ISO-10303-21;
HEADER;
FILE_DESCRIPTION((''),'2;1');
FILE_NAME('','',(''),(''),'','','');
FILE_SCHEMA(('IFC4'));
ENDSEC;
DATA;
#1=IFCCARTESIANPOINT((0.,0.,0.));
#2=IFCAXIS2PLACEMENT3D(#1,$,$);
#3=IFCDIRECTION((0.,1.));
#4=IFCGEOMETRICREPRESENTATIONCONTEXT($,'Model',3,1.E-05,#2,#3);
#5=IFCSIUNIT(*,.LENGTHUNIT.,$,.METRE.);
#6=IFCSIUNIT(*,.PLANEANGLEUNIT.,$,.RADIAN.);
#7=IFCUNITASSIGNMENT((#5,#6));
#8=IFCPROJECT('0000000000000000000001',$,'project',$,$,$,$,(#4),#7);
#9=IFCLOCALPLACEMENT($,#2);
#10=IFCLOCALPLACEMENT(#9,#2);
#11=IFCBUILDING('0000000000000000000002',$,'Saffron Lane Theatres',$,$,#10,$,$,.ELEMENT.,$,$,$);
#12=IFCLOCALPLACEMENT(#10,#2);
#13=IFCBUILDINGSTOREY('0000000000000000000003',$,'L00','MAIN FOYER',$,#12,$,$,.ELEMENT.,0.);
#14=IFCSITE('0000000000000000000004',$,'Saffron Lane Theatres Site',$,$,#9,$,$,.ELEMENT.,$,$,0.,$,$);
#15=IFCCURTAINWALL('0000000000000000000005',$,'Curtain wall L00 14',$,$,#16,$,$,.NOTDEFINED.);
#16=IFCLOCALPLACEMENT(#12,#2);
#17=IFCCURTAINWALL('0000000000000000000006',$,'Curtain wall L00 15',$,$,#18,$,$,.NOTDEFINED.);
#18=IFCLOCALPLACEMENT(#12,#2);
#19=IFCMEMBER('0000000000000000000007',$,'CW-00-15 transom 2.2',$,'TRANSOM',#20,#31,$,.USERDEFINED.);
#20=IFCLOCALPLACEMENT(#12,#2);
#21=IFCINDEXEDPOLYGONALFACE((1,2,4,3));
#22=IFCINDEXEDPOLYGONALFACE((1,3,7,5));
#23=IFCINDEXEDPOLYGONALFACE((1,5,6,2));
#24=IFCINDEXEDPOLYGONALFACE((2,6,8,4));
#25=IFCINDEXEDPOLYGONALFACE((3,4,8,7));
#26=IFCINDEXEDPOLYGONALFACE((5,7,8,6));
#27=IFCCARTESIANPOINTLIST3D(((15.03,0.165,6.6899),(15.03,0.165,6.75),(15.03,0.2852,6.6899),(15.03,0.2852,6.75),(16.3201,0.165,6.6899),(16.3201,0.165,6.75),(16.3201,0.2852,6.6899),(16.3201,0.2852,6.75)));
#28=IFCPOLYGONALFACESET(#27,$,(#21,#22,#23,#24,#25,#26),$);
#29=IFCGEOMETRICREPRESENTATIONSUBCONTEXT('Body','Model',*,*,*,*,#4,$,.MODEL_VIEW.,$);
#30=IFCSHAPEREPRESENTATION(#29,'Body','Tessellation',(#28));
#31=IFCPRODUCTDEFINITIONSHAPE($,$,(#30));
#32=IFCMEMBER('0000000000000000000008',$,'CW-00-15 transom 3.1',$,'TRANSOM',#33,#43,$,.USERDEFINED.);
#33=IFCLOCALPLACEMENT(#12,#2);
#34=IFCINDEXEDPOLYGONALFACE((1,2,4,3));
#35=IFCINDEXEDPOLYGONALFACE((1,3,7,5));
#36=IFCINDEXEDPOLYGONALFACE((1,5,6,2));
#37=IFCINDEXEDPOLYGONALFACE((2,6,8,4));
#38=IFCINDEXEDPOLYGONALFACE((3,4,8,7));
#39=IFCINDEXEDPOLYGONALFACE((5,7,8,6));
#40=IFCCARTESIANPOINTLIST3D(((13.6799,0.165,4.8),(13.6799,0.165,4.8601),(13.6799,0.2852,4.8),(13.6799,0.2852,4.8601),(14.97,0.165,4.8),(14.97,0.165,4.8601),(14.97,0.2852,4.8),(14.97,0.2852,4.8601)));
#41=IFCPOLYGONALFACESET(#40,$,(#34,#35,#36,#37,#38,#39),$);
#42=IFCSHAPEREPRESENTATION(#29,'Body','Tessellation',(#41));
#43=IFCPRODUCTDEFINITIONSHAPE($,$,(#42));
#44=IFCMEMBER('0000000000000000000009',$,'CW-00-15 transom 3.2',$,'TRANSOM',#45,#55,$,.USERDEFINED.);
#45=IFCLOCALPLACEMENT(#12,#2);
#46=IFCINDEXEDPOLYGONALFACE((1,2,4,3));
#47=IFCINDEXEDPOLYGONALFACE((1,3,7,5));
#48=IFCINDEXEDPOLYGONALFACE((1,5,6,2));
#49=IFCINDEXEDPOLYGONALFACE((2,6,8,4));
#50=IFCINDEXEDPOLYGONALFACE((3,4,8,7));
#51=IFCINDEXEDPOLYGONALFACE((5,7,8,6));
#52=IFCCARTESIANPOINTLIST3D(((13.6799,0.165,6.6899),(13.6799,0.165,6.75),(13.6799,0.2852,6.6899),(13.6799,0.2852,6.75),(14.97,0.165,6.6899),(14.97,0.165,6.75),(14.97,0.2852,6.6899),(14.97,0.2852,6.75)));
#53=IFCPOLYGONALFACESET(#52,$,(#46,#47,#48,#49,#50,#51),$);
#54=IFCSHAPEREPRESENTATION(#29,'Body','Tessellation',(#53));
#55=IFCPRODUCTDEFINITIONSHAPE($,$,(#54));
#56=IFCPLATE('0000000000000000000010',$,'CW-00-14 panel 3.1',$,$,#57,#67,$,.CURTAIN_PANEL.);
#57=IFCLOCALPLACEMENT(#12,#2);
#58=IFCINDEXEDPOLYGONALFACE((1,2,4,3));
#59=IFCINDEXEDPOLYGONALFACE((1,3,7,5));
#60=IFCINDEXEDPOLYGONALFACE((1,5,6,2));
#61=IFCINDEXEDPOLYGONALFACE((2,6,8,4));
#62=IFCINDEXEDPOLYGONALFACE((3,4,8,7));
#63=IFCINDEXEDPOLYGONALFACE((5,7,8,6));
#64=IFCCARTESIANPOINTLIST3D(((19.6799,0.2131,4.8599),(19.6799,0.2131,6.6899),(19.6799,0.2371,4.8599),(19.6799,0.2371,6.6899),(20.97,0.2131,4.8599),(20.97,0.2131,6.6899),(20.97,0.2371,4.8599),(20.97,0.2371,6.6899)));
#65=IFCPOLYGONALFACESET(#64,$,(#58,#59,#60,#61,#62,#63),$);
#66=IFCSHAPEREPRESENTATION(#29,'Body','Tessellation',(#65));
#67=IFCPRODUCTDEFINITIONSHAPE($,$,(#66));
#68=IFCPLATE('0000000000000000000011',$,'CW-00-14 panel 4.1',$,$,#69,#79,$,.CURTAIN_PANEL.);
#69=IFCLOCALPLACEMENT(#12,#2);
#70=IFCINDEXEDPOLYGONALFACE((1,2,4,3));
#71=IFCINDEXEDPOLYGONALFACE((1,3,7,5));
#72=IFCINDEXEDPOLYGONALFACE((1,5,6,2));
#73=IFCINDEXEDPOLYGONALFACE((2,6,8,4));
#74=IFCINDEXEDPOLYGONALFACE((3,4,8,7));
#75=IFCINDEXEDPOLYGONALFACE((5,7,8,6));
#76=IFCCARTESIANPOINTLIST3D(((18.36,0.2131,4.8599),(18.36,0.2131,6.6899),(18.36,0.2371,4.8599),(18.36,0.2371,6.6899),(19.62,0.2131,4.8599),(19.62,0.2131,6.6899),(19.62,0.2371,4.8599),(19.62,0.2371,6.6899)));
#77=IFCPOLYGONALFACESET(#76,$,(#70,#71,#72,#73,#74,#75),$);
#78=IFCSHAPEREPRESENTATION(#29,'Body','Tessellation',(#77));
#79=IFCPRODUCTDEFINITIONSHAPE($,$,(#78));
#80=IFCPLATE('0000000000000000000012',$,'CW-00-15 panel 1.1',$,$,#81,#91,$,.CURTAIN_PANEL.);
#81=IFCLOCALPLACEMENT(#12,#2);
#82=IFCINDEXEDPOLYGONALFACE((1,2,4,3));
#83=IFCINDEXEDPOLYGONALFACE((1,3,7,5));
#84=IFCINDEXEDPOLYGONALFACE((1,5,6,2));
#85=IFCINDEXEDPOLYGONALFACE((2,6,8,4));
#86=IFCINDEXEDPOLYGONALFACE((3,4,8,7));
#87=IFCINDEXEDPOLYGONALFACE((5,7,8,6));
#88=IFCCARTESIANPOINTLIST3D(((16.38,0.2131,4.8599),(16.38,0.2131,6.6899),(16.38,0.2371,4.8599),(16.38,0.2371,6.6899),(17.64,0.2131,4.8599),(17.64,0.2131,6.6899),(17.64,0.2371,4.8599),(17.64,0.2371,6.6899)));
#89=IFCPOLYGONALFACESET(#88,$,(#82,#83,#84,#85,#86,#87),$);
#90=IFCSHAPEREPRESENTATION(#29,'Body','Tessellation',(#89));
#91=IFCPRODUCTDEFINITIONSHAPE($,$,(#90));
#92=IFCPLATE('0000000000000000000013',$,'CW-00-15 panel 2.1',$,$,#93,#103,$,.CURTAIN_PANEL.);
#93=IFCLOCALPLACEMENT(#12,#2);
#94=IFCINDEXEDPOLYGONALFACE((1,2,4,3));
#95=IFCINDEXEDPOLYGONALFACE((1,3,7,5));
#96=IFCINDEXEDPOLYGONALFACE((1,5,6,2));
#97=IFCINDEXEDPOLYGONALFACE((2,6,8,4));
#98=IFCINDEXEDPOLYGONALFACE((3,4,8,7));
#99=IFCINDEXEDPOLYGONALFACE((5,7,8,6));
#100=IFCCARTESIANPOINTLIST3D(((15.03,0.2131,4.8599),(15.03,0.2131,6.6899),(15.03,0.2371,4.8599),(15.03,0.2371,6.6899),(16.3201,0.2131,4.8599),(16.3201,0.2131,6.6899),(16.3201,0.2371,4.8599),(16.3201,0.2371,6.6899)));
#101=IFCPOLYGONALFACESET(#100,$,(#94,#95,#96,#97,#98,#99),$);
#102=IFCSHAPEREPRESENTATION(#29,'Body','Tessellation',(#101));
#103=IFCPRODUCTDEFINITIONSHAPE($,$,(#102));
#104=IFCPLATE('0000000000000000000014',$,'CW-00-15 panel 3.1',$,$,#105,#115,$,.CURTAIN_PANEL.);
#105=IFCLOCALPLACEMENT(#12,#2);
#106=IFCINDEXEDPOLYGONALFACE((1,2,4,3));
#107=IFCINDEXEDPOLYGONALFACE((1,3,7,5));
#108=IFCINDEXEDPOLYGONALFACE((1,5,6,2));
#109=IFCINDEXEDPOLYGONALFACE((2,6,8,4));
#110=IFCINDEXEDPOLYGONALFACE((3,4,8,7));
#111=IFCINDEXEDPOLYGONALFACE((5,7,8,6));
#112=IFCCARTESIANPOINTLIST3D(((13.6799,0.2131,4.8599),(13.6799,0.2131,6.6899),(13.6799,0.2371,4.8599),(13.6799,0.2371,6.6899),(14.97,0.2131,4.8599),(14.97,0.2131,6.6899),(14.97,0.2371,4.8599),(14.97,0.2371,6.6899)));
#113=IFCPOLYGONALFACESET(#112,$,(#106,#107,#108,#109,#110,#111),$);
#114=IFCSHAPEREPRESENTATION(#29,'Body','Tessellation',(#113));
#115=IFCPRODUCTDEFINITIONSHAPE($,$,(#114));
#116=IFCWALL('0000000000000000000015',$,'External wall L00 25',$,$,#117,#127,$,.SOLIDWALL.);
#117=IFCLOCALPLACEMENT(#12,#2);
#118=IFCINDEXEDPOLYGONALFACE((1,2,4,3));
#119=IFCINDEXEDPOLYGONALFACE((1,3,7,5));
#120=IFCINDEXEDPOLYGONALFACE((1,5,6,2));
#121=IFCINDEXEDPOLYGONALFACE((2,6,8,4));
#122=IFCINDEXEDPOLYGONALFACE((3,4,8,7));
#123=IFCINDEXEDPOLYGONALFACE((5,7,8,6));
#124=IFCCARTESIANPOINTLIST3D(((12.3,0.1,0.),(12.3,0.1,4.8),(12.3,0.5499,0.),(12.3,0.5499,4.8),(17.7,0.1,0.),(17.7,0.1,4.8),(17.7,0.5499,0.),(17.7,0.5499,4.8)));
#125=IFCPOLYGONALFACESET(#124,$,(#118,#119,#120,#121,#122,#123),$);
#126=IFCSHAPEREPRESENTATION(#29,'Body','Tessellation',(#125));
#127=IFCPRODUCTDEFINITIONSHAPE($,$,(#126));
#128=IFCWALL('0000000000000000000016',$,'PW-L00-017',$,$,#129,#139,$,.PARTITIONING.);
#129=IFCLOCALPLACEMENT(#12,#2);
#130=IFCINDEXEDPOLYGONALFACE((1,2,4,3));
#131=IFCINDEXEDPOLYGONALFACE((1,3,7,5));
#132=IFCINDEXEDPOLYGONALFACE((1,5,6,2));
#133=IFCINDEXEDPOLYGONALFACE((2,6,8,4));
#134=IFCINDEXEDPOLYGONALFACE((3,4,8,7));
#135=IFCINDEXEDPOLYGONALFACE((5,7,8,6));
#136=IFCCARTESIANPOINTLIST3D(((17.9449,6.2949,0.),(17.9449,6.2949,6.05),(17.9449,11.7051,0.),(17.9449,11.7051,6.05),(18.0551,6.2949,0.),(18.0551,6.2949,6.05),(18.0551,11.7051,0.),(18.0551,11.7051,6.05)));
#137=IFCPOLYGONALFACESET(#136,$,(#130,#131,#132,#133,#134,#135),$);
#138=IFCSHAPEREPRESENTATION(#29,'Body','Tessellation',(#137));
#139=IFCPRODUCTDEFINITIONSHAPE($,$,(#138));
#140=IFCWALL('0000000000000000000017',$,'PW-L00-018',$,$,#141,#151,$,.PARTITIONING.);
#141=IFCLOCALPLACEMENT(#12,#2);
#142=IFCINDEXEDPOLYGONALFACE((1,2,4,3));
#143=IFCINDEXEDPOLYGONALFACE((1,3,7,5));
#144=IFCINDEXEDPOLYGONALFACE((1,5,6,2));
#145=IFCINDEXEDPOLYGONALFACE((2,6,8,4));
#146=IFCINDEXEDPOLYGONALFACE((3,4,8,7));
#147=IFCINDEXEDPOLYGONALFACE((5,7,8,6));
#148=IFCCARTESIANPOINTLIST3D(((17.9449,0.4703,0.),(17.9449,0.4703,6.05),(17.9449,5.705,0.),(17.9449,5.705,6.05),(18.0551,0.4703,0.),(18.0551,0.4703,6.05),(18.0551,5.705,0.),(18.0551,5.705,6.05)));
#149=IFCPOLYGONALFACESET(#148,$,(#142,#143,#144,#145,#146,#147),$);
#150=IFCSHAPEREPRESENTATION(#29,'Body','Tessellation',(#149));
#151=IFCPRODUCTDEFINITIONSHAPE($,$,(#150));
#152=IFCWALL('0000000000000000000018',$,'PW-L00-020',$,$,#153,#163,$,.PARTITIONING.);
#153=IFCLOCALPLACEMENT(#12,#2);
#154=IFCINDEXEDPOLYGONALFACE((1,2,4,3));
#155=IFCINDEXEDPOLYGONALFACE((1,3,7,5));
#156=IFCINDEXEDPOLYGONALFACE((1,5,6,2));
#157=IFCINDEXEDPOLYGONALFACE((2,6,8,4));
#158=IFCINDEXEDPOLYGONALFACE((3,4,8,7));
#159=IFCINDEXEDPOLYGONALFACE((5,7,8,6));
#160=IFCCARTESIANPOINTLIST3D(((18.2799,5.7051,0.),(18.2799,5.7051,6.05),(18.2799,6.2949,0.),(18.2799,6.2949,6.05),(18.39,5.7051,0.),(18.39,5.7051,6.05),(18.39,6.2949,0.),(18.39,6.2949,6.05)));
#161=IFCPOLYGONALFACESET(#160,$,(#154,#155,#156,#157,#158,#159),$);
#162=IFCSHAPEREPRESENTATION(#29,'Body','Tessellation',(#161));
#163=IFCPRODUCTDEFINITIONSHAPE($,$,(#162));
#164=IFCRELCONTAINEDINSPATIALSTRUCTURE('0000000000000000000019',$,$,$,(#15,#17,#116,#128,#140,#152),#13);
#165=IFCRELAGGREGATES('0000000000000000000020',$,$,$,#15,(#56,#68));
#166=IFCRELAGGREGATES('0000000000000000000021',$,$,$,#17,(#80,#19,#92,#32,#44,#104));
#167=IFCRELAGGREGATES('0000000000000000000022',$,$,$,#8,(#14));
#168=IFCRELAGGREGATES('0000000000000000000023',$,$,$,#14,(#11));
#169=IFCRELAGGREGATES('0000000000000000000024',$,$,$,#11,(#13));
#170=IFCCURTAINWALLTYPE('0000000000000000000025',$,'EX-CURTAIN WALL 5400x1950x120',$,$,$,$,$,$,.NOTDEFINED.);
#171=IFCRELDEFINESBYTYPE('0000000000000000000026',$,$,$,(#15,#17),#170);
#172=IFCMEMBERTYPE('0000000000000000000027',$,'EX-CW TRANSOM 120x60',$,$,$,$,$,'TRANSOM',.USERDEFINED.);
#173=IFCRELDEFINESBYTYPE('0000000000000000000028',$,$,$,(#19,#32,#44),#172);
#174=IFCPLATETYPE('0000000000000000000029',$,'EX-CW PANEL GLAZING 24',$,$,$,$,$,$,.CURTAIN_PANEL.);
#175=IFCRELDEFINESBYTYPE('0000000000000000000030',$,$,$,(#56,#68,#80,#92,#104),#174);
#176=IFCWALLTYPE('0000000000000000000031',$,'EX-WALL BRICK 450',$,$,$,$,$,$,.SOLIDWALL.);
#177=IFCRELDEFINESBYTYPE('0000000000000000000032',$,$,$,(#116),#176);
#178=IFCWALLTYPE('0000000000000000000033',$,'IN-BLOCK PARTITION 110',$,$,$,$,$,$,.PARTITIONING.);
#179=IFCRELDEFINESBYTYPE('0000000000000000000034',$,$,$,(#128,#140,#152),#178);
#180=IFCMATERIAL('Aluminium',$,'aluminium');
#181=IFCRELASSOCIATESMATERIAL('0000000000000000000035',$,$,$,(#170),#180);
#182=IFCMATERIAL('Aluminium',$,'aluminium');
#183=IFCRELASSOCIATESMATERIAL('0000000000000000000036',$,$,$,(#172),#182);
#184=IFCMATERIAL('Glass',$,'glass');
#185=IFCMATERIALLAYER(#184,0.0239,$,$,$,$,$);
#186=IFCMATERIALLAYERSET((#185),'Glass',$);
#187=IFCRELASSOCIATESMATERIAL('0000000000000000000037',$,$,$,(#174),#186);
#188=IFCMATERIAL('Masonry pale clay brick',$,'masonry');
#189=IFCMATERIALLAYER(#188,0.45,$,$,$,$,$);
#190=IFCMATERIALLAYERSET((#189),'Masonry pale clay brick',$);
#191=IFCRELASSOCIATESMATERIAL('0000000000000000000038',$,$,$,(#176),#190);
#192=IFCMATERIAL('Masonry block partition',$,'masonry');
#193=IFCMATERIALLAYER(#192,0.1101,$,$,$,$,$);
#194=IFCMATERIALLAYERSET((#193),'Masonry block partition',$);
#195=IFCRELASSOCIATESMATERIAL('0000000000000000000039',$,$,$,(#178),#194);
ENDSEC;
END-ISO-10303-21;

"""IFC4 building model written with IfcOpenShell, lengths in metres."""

from ifc_helpers import new_model, si_unit, direction, frame, frame_2d, origin, origin_2d, place, context, subcontext, project, spatial, rectangle, extrude, material, layer, layer_set, material_profile, profile_set, type_object, element, aggregate, save


model = new_model("IFC4")

# Units and contexts
model_context = context("Model", 3, precision=1e-05, world=origin(), true_north=direction((0.0, 1.0)))
body_context = subcontext(model_context, "Body", "Model", "MODEL_VIEW")
ifc_project = project(units=[si_unit("LENGTHUNIT", "METRE"), si_unit("PLANEANGLEUNIT", "RADIAN")], contexts=[model_context])

# Site, building, storey
site_placement = place(None, origin())
site = spatial("IfcSite", under=ifc_project, at=site_placement, Name="Saffron Lane Theatres Site", CompositionType="ELEMENT", RefElevation=0.0)
building_placement = place(site_placement, origin())
building = spatial("IfcBuilding", under=site, at=building_placement, Name="Saffron Lane Theatres", CompositionType="ELEMENT")
storey_placement = place(building_placement, origin())
storey = spatial("IfcBuildingStorey", under=building, at=storey_placement, Name="L00", Description="MAIN FOYER", CompositionType="ELEMENT", Elevation=0.0)

# Curtain walls
ifc_material_1 = material(Name="Aluminium", Category="aluminium")
curtain_wall_type = type_object("IfcCurtainWallType", Name="EX-CURTAIN WALL 5400x1950x120", PredefinedType="NOTDEFINED", material=ifc_material_1)
curtain_wall_1_placement = place(storey_placement, origin())
curtain_wall_1 = element("IfcCurtainWall", 1, at=curtain_wall_1_placement, inside=storey, type_object=curtain_wall_type, Name="Curtain wall L00 14", PredefinedType="NOTDEFINED")
curtain_wall_2_placement = place(storey_placement, origin())
curtain_wall_2 = element("IfcCurtainWall", 2, at=curtain_wall_2_placement, inside=storey, type_object=curtain_wall_type, Name="Curtain wall L00 15", PredefinedType="NOTDEFINED")

# Members
ifc_material_2 = material(Name="Aluminium", Category="aluminium")
ifc_material_profile_1 = material_profile(ifc_material_2, rectangle(XDim=0.1201, YDim=0.0601, at=origin_2d()))
ifc_profile_set_1 = profile_set([ifc_material_profile_1], Name="Aluminium")
member_type_1 = type_object("IfcMemberType", Name="EX-CW TRANSOM 120x60", ElementType="TRANSOM", PredefinedType="USERDEFINED", material=ifc_profile_set_1)
member_1_placement = place(storey_placement, frame((16.3201, 0.2251, 6.72), z_axis=(-1.0, 0.0, 0.0), x_axis=(0.0, -1.0, 0.0)))
member_1 = element("IfcMember", 3, at=member_1_placement, type_object=member_type_1, Name="CW-00-15 transom 2.2", ObjectType="TRANSOM", PredefinedType="USERDEFINED", context=body_context, shape_type="SweptSolid", body=[
    extrude(rectangle(XDim=0.1201, YDim=0.0601, at=origin_2d()), origin(), (0.0, 0.0, 1.0), 1.29),
])
member_2_placement = place(storey_placement, frame((14.97, 0.2251, 4.8301), z_axis=(-1.0, 0.0, 0.0), x_axis=(0.0, -1.0, 0.0)))
member_2 = element("IfcMember", 4, at=member_2_placement, type_object=member_type_1, Name="CW-00-15 transom 3.1", ObjectType="TRANSOM", PredefinedType="USERDEFINED", context=body_context, shape_type="SweptSolid", body=[
    extrude(rectangle(XDim=0.1201, YDim=0.0601, at=origin_2d()), origin(), (0.0, 0.0, 1.0), 1.29),
])
member_3_placement = place(storey_placement, frame((14.97, 0.2251, 6.72), z_axis=(-1.0, 0.0, 0.0), x_axis=(0.0, -1.0, 0.0)))
member_3 = element("IfcMember", 5, at=member_3_placement, type_object=member_type_1, Name="CW-00-15 transom 3.2", ObjectType="TRANSOM", PredefinedType="USERDEFINED", context=body_context, shape_type="SweptSolid", body=[
    extrude(rectangle(XDim=0.1201, YDim=0.0601, at=origin_2d()), origin(), (0.0, 0.0, 1.0), 1.29),
])

# Plates
ifc_material_3 = material(Name="Glass", Category="glass")
ifc_layer_1 = layer(ifc_material_3, 0.0239)
ifc_layer_set_1 = layer_set([ifc_layer_1], Name="Glass")
plate_type = type_object("IfcPlateType", Name="EX-CW PANEL GLAZING 24", PredefinedType="CURTAIN_PANEL", material=ifc_layer_set_1)
plate_1_placement = place(storey_placement, frame((20.325, 0.2251, 4.8599), z_axis=(0.0, 0.0, 1.0), x_axis=(-1.0, 0.0, 0.0)))
plate_1 = element("IfcPlate", 6, at=plate_1_placement, type_object=plate_type, Name="CW-00-14 panel 3.1", PredefinedType="CURTAIN_PANEL", context=body_context, shape_type="SweptSolid", body=[
    extrude(rectangle(XDim=1.29, YDim=0.0239, at=origin_2d()), origin(), (0.0, 0.0, 1.0), 1.8301),
])
plate_2_placement = place(storey_placement, frame((18.99, 0.2251, 4.8599), z_axis=(0.0, 0.0, 1.0), x_axis=(-1.0, 0.0, 0.0)))
plate_2 = element("IfcPlate", 7, at=plate_2_placement, type_object=plate_type, Name="CW-00-14 panel 4.1", PredefinedType="CURTAIN_PANEL", context=body_context, shape_type="SweptSolid", body=[
    extrude(rectangle(XDim=1.26, YDim=0.0239, at=origin_2d()), origin(), (0.0, 0.0, 1.0), 1.8301),
])
aggregate(curtain_wall_1, [plate_1, plate_2])
plate_3_placement = place(storey_placement, frame((17.01, 0.2251, 4.8599), z_axis=(0.0, 0.0, 1.0), x_axis=(-1.0, 0.0, 0.0)))
plate_3 = element("IfcPlate", 8, at=plate_3_placement, type_object=plate_type, Name="CW-00-15 panel 1.1", PredefinedType="CURTAIN_PANEL", context=body_context, shape_type="SweptSolid", body=[
    extrude(rectangle(XDim=1.26, YDim=0.0239, at=origin_2d()), origin(), (0.0, 0.0, 1.0), 1.8301),
])
plate_4_placement = place(storey_placement, frame((15.675, 0.2251, 4.8599), z_axis=(0.0, 0.0, 1.0), x_axis=(-1.0, 0.0, 0.0)))
plate_4 = element("IfcPlate", 9, at=plate_4_placement, type_object=plate_type, Name="CW-00-15 panel 2.1", PredefinedType="CURTAIN_PANEL", context=body_context, shape_type="SweptSolid", body=[
    extrude(rectangle(XDim=1.29, YDim=0.0239, at=origin_2d()), origin(), (0.0, 0.0, 1.0), 1.8301),
])
plate_5_placement = place(storey_placement, frame((14.325, 0.2251, 4.8599), z_axis=(0.0, 0.0, 1.0), x_axis=(-1.0, 0.0, 0.0)))
plate_5 = element("IfcPlate", 10, at=plate_5_placement, type_object=plate_type, Name="CW-00-15 panel 3.1", PredefinedType="CURTAIN_PANEL", context=body_context, shape_type="SweptSolid", body=[
    extrude(rectangle(XDim=1.29, YDim=0.0239, at=origin_2d()), origin(), (0.0, 0.0, 1.0), 1.8301),
])
aggregate(curtain_wall_2, [plate_3, member_1, plate_4, member_2, member_3, plate_5])

# Walls
ifc_material_4 = material(Name="Masonry pale clay brick", Category="masonry")
ifc_layer_2 = layer(ifc_material_4, 0.45)
ifc_layer_set_2 = layer_set([ifc_layer_2], Name="Masonry pale clay brick")
wall_type_1 = type_object("IfcWallType", Name="EX-WALL BRICK 450", PredefinedType="SOLIDWALL", material=ifc_layer_set_2)
wall_1_placement = place(storey_placement, frame((17.7, 0.325, 0.0), z_axis=(0.0, 0.0, 1.0), x_axis=(-1.0, 0.0, 0.0)))
element("IfcWall", 11, at=wall_1_placement, inside=storey, type_object=wall_type_1, Name="External wall L00 25", PredefinedType="SOLIDWALL", context=body_context, shape_type="SweptSolid", body=[
    extrude(rectangle(XDim=5.3999, YDim=0.45, at=frame_2d((2.7, 0.0))), origin(), (0.0, 0.0, 1.0), 4.8),
])
ifc_material_5 = material(Name="Masonry block partition", Category="masonry")
ifc_layer_3 = layer(ifc_material_5, 0.1101)
ifc_layer_set_3 = layer_set([ifc_layer_3], Name="Masonry block partition")
wall_type_2 = type_object("IfcWallType", Name="IN-BLOCK PARTITION 110", PredefinedType="PARTITIONING", material=ifc_layer_set_3)
wall_2_placement = place(storey_placement, frame((18.0, 6.2949, 0.0), z_axis=(0.0, 0.0, 1.0), x_axis=(0.0, 1.0, 0.0)))
element("IfcWall", 12, at=wall_2_placement, inside=storey, type_object=wall_type_2, Name="PW-L00-017", PredefinedType="PARTITIONING", context=body_context, shape_type="SweptSolid", body=[
    extrude(rectangle(XDim=5.4102, YDim=0.1101, at=frame_2d((2.7051, 0.0))), origin(), (0.0, 0.0, 1.0), 6.05),
])
wall_3_placement = place(storey_placement, frame((18.0, 0.4705, 0.0), z_axis=(0.0, 0.0, 1.0), x_axis=(0.0, 1.0, 0.0)))
element("IfcWall", 13, at=wall_3_placement, inside=storey, type_object=wall_type_2, Name="PW-L00-018", PredefinedType="PARTITIONING", context=body_context, shape_type="SweptSolid", body=[
    extrude(rectangle(XDim=5.2346, YDim=0.1101, at=frame_2d((2.6172, 0.0))), origin(), (0.0, 0.0, 1.0), 6.05),
])
wall_4_placement = place(storey_placement, frame((18.335, 5.7051, 0.0), z_axis=(0.0, 0.0, 1.0), x_axis=(0.0, 1.0, 0.0)))
element("IfcWall", 14, at=wall_4_placement, inside=storey, type_object=wall_type_2, Name="PW-L00-020", PredefinedType="PARTITIONING", context=body_context, shape_type="SweptSolid", body=[
    extrude(rectangle(XDim=0.5898, YDim=0.1101, at=frame_2d((0.2949, 0.0))), origin(), (0.0, 0.0, 1.0), 6.05),
])

save(model, "model.ifc")
